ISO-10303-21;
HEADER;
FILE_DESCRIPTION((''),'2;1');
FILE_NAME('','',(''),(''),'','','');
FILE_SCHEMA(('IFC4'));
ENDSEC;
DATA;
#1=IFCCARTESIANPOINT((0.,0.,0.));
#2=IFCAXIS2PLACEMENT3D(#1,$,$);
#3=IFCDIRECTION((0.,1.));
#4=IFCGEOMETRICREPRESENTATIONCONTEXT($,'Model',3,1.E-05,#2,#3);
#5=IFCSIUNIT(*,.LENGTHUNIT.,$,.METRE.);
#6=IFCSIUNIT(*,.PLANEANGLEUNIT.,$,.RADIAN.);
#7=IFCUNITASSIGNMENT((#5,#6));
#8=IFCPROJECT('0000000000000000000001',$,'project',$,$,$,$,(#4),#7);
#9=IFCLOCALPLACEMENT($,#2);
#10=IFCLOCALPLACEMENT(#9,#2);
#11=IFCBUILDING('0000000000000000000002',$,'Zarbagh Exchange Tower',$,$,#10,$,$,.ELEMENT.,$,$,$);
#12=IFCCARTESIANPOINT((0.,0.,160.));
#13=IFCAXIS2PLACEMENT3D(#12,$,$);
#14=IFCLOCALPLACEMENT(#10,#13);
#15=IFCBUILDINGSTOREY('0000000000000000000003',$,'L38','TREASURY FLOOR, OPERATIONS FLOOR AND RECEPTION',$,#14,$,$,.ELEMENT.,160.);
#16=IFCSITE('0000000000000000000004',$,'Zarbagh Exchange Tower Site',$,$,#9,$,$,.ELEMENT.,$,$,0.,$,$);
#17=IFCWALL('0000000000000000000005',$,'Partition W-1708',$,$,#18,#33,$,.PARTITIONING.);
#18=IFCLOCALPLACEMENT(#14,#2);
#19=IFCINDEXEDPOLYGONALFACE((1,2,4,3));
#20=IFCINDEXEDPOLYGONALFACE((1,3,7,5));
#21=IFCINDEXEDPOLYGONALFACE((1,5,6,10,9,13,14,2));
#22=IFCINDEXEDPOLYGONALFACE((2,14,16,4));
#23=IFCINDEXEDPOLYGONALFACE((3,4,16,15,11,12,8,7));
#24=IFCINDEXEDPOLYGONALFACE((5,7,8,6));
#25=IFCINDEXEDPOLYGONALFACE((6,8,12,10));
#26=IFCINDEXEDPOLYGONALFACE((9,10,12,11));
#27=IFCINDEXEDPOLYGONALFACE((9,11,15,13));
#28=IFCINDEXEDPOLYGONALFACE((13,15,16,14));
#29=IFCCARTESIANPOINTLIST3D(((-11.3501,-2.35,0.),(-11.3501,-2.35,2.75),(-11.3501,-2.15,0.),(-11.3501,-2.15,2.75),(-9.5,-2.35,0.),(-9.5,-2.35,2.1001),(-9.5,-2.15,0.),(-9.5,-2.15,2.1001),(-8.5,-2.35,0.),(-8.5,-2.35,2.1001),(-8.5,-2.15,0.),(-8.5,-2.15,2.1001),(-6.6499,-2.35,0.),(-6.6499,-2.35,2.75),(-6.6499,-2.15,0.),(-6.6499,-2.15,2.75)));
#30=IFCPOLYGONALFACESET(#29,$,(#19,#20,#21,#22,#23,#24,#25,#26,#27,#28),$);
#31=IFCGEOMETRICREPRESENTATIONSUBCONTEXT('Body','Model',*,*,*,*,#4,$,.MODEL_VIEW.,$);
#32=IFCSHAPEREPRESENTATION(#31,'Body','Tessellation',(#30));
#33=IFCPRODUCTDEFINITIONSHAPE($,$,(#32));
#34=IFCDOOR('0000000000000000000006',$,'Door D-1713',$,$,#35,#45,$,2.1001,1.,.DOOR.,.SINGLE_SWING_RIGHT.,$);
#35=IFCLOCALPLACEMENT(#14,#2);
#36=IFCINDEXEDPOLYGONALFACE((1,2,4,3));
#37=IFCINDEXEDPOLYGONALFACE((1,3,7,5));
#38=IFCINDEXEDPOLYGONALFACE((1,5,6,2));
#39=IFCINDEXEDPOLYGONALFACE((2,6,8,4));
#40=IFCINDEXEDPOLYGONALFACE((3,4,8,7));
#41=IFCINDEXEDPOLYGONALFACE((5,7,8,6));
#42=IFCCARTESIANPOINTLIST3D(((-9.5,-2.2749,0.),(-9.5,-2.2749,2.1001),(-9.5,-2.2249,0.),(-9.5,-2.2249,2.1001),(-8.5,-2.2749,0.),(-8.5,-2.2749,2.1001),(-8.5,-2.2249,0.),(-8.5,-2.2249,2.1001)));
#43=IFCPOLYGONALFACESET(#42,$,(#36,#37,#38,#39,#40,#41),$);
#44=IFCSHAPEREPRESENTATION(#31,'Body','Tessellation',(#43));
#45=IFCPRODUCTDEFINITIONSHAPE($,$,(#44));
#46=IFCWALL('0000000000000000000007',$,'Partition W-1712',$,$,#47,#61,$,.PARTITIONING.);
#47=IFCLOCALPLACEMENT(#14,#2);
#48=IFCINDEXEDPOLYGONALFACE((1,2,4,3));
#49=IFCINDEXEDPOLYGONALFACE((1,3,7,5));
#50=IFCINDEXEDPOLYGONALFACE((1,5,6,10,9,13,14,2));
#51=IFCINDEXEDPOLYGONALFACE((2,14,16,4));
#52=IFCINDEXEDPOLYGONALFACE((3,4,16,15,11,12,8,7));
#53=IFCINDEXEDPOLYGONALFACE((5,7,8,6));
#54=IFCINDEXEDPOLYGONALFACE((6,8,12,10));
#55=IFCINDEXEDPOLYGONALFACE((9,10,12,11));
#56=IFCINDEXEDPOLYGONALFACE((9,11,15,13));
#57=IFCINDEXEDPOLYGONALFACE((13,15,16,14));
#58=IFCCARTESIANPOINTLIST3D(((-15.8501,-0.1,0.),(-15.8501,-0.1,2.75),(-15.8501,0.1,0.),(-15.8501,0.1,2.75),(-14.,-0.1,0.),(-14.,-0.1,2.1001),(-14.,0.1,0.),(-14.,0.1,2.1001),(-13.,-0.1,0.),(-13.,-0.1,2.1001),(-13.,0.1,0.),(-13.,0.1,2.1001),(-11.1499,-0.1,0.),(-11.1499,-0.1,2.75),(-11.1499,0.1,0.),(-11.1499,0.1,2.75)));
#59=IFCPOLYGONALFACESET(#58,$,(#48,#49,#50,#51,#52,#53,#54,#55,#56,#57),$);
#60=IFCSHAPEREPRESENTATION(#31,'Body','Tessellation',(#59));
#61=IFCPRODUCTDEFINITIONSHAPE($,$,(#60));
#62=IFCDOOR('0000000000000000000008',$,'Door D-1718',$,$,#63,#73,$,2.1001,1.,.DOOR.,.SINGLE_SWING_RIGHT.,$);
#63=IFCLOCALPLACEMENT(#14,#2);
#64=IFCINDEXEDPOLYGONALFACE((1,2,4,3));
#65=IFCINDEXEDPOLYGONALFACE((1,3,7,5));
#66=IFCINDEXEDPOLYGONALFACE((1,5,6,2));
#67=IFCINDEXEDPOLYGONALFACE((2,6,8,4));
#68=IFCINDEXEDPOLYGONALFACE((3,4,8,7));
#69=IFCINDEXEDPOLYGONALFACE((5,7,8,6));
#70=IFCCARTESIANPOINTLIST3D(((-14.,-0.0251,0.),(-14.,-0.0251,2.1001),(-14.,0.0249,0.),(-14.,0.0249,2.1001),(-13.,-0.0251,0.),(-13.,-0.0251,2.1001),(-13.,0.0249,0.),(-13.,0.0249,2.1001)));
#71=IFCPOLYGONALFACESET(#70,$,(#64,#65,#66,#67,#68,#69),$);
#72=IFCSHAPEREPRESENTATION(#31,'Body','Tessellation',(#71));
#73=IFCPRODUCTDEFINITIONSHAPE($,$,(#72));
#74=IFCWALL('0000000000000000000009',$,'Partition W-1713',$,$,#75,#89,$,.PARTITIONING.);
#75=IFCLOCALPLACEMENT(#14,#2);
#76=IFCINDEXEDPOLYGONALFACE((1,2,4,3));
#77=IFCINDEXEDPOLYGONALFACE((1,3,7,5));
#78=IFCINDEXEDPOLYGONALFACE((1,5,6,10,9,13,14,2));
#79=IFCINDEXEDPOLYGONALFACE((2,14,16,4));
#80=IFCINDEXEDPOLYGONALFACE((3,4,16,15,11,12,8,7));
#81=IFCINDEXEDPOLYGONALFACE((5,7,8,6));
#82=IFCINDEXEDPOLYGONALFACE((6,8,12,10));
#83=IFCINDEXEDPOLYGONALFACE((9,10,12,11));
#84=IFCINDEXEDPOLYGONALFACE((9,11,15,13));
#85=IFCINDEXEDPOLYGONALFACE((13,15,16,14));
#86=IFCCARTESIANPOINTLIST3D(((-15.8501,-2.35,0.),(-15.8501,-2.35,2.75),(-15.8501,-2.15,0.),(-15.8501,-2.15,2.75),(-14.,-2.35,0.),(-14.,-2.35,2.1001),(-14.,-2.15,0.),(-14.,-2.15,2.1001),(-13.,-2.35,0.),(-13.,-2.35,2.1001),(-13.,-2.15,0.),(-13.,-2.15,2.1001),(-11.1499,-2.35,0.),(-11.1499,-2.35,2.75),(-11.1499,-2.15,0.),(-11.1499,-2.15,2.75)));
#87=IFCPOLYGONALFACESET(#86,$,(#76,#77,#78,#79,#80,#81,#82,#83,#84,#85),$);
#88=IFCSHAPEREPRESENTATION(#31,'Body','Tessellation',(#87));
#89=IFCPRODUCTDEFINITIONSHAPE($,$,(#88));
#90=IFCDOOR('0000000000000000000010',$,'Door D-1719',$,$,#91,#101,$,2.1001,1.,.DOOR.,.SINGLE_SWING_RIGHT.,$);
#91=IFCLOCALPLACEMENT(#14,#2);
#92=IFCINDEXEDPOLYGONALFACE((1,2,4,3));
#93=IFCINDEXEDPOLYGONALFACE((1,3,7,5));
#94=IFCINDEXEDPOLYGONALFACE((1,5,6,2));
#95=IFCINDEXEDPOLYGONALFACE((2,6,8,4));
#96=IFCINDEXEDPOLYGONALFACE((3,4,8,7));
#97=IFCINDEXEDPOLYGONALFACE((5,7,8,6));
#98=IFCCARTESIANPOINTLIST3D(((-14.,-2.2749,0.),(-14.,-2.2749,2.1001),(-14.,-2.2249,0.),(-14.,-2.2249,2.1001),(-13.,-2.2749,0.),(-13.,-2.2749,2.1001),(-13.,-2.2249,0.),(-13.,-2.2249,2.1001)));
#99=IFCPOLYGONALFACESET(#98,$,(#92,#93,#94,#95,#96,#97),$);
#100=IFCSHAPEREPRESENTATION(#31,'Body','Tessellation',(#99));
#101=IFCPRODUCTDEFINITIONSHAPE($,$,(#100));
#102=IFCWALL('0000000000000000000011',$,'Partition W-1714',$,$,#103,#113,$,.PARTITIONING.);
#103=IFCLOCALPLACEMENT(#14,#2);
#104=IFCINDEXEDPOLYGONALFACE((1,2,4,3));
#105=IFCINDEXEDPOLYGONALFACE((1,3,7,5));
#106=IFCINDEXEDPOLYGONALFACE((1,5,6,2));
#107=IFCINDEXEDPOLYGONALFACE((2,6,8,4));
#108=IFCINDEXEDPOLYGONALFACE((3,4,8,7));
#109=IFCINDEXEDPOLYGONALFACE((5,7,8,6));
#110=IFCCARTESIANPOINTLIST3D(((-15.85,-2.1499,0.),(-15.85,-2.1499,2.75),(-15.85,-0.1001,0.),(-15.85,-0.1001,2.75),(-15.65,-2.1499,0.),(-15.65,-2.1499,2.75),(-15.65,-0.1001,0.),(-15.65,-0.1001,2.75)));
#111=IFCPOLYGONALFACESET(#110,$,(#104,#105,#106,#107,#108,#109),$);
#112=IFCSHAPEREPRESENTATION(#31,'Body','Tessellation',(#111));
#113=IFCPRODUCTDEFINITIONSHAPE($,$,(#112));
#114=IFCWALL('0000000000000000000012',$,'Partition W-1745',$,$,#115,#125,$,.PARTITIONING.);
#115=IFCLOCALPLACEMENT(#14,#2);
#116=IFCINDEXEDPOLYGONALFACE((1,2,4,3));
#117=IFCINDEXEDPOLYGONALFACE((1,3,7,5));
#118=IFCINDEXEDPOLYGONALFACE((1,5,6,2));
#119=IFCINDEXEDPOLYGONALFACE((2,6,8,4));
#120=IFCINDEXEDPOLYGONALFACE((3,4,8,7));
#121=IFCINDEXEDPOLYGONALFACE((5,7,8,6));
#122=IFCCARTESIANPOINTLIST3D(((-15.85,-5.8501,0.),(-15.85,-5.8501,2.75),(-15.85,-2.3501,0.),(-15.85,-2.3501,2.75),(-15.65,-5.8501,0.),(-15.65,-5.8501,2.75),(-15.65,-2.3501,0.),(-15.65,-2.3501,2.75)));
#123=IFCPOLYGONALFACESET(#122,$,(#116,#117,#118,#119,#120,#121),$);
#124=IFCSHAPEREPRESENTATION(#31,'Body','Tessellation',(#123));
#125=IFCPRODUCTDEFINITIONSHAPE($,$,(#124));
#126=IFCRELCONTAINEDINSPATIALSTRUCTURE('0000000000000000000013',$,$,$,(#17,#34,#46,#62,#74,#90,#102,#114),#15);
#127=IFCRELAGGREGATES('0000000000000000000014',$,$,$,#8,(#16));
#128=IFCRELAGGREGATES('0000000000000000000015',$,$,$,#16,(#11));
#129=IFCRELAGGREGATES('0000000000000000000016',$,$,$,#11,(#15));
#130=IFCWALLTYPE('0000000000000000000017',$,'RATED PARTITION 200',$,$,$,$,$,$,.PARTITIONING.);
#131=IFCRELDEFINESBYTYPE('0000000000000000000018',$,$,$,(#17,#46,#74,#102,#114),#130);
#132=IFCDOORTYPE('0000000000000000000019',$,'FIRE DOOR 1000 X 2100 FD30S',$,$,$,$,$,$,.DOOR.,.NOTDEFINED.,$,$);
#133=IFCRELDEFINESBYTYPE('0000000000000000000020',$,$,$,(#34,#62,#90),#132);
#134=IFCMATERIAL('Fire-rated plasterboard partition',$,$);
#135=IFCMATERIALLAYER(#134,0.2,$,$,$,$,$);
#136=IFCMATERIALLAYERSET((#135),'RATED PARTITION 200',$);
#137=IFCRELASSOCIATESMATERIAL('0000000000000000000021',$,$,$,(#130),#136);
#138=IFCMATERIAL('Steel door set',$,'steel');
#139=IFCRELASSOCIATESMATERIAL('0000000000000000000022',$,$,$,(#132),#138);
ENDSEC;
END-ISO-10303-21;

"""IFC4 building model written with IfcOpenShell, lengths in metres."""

from ifc_helpers import new_model, si_unit, direction, frame, frame_2d, origin, place, context, subcontext, project, spatial, rectangle, extrude, material, layer, layer_set, type_object, element, fill, save


model = new_model("IFC4")

# Units and contexts
model_context = context("Model", 3, precision=1e-05, world=origin(), true_north=direction((0.0, 1.0)))
body_context = subcontext(model_context, "Body", "Model", "MODEL_VIEW")
ifc_project = project(units=[si_unit("LENGTHUNIT", "METRE"), si_unit("PLANEANGLEUNIT", "RADIAN")], contexts=[model_context])

# Site, building, storey
site_placement = place(None, origin())
site = spatial("IfcSite", under=ifc_project, at=site_placement, Name="Zarbagh Exchange Tower Site", CompositionType="ELEMENT", RefElevation=0.0)
building_placement = place(site_placement, origin())
building = spatial("IfcBuilding", under=site, at=building_placement, Name="Zarbagh Exchange Tower", CompositionType="ELEMENT")
storey_placement = place(building_placement, frame((0.0, 0.0, 160.0)))
storey = spatial("IfcBuildingStorey", under=building, at=storey_placement, Name="L38", Description="TREASURY FLOOR, OPERATIONS FLOOR AND RECEPTION", CompositionType="ELEMENT", Elevation=160.0)

# Walls, openings, doors
ifc_material_1 = material(Name="Fire-rated plasterboard partition")
ifc_layer_1 = layer(ifc_material_1, 0.2)
ifc_layer_set_1 = layer_set([ifc_layer_1], Name="RATED PARTITION 200")
wall_type_1 = type_object("IfcWallType", Name="RATED PARTITION 200", PredefinedType="PARTITIONING", material=ifc_layer_set_1)
ifc_material_2 = material(Name="Steel door set", Category="steel")
door_type_1 = type_object("IfcDoorType", Name="FIRE DOOR 1000 X 2100 FD30S", OperationType="NOTDEFINED", PredefinedType="DOOR", material=ifc_material_2)
wall_1_placement = place(storey_placement, frame((-6.6499, -2.25, 0.0), z_axis=(0.0, 0.0, 1.0), x_axis=(-1.0, 0.0, 0.0)))
wall_1 = element("IfcWall", 1, at=wall_1_placement, inside=storey, type_object=wall_type_1, Name="Partition W-1708", PredefinedType="PARTITIONING", context=body_context, shape_type="SweptSolid", body=[
    extrude(rectangle(XDim=4.7002, YDim=0.2, at=frame_2d((2.3501, 0.0))), origin(), (0.0, 0.0, 1.0), 2.75),
])
opening_1_placement = place(wall_1_placement, frame((1.8501, 0.0, 0.0)))
opening_1 = element("IfcOpeningElement", 2, at=opening_1_placement, cuts=wall_1, PredefinedType="OPENING", context=body_context, shape_type="SweptSolid", body=[
    extrude(rectangle(XDim=1.0, YDim=2.1001, at=frame_2d((0.5, 1.05))), frame((0.0, 0.1099, 0.0), z_axis=(0.0, -1.0, 0.0), x_axis=(1.0, 0.0, 0.0)), (0.0, 0.0, 1.0), 0.22),
])
door_1_placement = place(opening_1_placement, origin())
door_1 = element("IfcDoor", 3, at=door_1_placement, inside=storey, type_object=door_type_1, Name="Door D-1713", OperationType="SINGLE_SWING_RIGHT", OverallHeight=2.1001, OverallWidth=1.0, PredefinedType="DOOR", context=body_context, shape_type="SweptSolid", body=[
    extrude(rectangle(XDim=1.0, YDim=2.1001, at=frame_2d((0.5, 1.05))), frame((0.0, 0.0249, 0.0), z_axis=(0.0, -1.0, 0.0), x_axis=(1.0, 0.0, 0.0)), (0.0, 0.0, 1.0), 0.05),
])
fill(opening_1, door_1)
wall_2_placement = place(storey_placement, frame((-15.8501, 0.0, 0.0), z_axis=(0.0, 0.0, 1.0), x_axis=(1.0, 0.0, 0.0)))
wall_2 = element("IfcWall", 4, at=wall_2_placement, inside=storey, type_object=wall_type_1, Name="Partition W-1712", PredefinedType="PARTITIONING", context=body_context, shape_type="SweptSolid", body=[
    extrude(rectangle(XDim=4.7002, YDim=0.2, at=frame_2d((2.3501, 0.0))), origin(), (0.0, 0.0, 1.0), 2.75),
])
opening_2_placement = place(wall_2_placement, frame((1.8501, 0.0, 0.0)))
opening_2 = element("IfcOpeningElement", 5, at=opening_2_placement, cuts=wall_2, PredefinedType="OPENING", context=body_context, shape_type="SweptSolid", body=[
    extrude(rectangle(XDim=1.0, YDim=2.1001, at=frame_2d((0.5, 1.05))), frame((0.0, 0.1099, 0.0), z_axis=(0.0, -1.0, 0.0), x_axis=(1.0, 0.0, 0.0)), (0.0, 0.0, 1.0), 0.22),
])
door_2_placement = place(opening_2_placement, origin())
door_2 = element("IfcDoor", 6, at=door_2_placement, inside=storey, type_object=door_type_1, Name="Door D-1718", OperationType="SINGLE_SWING_RIGHT", OverallHeight=2.1001, OverallWidth=1.0, PredefinedType="DOOR", context=body_context, shape_type="SweptSolid", body=[
    extrude(rectangle(XDim=1.0, YDim=2.1001, at=frame_2d((0.5, 1.05))), frame((0.0, 0.0249, 0.0), z_axis=(0.0, -1.0, 0.0), x_axis=(1.0, 0.0, 0.0)), (0.0, 0.0, 1.0), 0.05),
])
fill(opening_2, door_2)
wall_3_placement = place(storey_placement, frame((-11.1499, -2.25, 0.0), z_axis=(0.0, 0.0, 1.0), x_axis=(-1.0, 0.0, 0.0)))
wall_3 = element("IfcWall", 7, at=wall_3_placement, inside=storey, type_object=wall_type_1, Name="Partition W-1713", PredefinedType="PARTITIONING", context=body_context, shape_type="SweptSolid", body=[
    extrude(rectangle(XDim=4.7002, YDim=0.2, at=frame_2d((2.3501, 0.0))), origin(), (0.0, 0.0, 1.0), 2.75),
])
opening_3_placement = place(wall_3_placement, frame((1.8501, 0.0, 0.0)))
opening_3 = element("IfcOpeningElement", 8, at=opening_3_placement, cuts=wall_3, PredefinedType="OPENING", context=body_context, shape_type="SweptSolid", body=[
    extrude(rectangle(XDim=1.0, YDim=2.1001, at=frame_2d((0.5, 1.05))), frame((0.0, 0.1099, 0.0), z_axis=(0.0, -1.0, 0.0), x_axis=(1.0, 0.0, 0.0)), (0.0, 0.0, 1.0), 0.22),
])
door_3_placement = place(opening_3_placement, origin())
door_3 = element("IfcDoor", 9, at=door_3_placement, inside=storey, type_object=door_type_1, Name="Door D-1719", OperationType="SINGLE_SWING_RIGHT", OverallHeight=2.1001, OverallWidth=1.0, PredefinedType="DOOR", context=body_context, shape_type="SweptSolid", body=[
    extrude(rectangle(XDim=1.0, YDim=2.1001, at=frame_2d((0.5, 1.05))), frame((0.0, 0.0249, 0.0), z_axis=(0.0, -1.0, 0.0), x_axis=(1.0, 0.0, 0.0)), (0.0, 0.0, 1.0), 0.05),
])
fill(opening_3, door_3)

# Walls
wall_4_placement = place(storey_placement, frame((-15.75, -2.1499, 0.0), z_axis=(0.0, 0.0, 1.0), x_axis=(0.0, 1.0, 0.0)))
element("IfcWall", 10, at=wall_4_placement, inside=storey, type_object=wall_type_1, Name="Partition W-1714", PredefinedType="PARTITIONING", context=body_context, shape_type="SweptSolid", body=[
    extrude(rectangle(XDim=2.0498, YDim=0.2, at=frame_2d((1.0249, 0.0))), origin(), (0.0, 0.0, 1.0), 2.75),
])
wall_5_placement = place(storey_placement, frame((-15.75, -5.8501, 0.0), z_axis=(0.0, 0.0, 1.0), x_axis=(0.0, 1.0, 0.0)))
element("IfcWall", 11, at=wall_5_placement, inside=storey, type_object=wall_type_1, Name="Partition W-1745", PredefinedType="PARTITIONING", context=body_context, shape_type="SweptSolid", body=[
    extrude(rectangle(XDim=3.5, YDim=0.2, at=frame_2d((1.75, 0.0))), origin(), (0.0, 0.0, 1.0), 2.75),
])

save(model, "model.ifc")
